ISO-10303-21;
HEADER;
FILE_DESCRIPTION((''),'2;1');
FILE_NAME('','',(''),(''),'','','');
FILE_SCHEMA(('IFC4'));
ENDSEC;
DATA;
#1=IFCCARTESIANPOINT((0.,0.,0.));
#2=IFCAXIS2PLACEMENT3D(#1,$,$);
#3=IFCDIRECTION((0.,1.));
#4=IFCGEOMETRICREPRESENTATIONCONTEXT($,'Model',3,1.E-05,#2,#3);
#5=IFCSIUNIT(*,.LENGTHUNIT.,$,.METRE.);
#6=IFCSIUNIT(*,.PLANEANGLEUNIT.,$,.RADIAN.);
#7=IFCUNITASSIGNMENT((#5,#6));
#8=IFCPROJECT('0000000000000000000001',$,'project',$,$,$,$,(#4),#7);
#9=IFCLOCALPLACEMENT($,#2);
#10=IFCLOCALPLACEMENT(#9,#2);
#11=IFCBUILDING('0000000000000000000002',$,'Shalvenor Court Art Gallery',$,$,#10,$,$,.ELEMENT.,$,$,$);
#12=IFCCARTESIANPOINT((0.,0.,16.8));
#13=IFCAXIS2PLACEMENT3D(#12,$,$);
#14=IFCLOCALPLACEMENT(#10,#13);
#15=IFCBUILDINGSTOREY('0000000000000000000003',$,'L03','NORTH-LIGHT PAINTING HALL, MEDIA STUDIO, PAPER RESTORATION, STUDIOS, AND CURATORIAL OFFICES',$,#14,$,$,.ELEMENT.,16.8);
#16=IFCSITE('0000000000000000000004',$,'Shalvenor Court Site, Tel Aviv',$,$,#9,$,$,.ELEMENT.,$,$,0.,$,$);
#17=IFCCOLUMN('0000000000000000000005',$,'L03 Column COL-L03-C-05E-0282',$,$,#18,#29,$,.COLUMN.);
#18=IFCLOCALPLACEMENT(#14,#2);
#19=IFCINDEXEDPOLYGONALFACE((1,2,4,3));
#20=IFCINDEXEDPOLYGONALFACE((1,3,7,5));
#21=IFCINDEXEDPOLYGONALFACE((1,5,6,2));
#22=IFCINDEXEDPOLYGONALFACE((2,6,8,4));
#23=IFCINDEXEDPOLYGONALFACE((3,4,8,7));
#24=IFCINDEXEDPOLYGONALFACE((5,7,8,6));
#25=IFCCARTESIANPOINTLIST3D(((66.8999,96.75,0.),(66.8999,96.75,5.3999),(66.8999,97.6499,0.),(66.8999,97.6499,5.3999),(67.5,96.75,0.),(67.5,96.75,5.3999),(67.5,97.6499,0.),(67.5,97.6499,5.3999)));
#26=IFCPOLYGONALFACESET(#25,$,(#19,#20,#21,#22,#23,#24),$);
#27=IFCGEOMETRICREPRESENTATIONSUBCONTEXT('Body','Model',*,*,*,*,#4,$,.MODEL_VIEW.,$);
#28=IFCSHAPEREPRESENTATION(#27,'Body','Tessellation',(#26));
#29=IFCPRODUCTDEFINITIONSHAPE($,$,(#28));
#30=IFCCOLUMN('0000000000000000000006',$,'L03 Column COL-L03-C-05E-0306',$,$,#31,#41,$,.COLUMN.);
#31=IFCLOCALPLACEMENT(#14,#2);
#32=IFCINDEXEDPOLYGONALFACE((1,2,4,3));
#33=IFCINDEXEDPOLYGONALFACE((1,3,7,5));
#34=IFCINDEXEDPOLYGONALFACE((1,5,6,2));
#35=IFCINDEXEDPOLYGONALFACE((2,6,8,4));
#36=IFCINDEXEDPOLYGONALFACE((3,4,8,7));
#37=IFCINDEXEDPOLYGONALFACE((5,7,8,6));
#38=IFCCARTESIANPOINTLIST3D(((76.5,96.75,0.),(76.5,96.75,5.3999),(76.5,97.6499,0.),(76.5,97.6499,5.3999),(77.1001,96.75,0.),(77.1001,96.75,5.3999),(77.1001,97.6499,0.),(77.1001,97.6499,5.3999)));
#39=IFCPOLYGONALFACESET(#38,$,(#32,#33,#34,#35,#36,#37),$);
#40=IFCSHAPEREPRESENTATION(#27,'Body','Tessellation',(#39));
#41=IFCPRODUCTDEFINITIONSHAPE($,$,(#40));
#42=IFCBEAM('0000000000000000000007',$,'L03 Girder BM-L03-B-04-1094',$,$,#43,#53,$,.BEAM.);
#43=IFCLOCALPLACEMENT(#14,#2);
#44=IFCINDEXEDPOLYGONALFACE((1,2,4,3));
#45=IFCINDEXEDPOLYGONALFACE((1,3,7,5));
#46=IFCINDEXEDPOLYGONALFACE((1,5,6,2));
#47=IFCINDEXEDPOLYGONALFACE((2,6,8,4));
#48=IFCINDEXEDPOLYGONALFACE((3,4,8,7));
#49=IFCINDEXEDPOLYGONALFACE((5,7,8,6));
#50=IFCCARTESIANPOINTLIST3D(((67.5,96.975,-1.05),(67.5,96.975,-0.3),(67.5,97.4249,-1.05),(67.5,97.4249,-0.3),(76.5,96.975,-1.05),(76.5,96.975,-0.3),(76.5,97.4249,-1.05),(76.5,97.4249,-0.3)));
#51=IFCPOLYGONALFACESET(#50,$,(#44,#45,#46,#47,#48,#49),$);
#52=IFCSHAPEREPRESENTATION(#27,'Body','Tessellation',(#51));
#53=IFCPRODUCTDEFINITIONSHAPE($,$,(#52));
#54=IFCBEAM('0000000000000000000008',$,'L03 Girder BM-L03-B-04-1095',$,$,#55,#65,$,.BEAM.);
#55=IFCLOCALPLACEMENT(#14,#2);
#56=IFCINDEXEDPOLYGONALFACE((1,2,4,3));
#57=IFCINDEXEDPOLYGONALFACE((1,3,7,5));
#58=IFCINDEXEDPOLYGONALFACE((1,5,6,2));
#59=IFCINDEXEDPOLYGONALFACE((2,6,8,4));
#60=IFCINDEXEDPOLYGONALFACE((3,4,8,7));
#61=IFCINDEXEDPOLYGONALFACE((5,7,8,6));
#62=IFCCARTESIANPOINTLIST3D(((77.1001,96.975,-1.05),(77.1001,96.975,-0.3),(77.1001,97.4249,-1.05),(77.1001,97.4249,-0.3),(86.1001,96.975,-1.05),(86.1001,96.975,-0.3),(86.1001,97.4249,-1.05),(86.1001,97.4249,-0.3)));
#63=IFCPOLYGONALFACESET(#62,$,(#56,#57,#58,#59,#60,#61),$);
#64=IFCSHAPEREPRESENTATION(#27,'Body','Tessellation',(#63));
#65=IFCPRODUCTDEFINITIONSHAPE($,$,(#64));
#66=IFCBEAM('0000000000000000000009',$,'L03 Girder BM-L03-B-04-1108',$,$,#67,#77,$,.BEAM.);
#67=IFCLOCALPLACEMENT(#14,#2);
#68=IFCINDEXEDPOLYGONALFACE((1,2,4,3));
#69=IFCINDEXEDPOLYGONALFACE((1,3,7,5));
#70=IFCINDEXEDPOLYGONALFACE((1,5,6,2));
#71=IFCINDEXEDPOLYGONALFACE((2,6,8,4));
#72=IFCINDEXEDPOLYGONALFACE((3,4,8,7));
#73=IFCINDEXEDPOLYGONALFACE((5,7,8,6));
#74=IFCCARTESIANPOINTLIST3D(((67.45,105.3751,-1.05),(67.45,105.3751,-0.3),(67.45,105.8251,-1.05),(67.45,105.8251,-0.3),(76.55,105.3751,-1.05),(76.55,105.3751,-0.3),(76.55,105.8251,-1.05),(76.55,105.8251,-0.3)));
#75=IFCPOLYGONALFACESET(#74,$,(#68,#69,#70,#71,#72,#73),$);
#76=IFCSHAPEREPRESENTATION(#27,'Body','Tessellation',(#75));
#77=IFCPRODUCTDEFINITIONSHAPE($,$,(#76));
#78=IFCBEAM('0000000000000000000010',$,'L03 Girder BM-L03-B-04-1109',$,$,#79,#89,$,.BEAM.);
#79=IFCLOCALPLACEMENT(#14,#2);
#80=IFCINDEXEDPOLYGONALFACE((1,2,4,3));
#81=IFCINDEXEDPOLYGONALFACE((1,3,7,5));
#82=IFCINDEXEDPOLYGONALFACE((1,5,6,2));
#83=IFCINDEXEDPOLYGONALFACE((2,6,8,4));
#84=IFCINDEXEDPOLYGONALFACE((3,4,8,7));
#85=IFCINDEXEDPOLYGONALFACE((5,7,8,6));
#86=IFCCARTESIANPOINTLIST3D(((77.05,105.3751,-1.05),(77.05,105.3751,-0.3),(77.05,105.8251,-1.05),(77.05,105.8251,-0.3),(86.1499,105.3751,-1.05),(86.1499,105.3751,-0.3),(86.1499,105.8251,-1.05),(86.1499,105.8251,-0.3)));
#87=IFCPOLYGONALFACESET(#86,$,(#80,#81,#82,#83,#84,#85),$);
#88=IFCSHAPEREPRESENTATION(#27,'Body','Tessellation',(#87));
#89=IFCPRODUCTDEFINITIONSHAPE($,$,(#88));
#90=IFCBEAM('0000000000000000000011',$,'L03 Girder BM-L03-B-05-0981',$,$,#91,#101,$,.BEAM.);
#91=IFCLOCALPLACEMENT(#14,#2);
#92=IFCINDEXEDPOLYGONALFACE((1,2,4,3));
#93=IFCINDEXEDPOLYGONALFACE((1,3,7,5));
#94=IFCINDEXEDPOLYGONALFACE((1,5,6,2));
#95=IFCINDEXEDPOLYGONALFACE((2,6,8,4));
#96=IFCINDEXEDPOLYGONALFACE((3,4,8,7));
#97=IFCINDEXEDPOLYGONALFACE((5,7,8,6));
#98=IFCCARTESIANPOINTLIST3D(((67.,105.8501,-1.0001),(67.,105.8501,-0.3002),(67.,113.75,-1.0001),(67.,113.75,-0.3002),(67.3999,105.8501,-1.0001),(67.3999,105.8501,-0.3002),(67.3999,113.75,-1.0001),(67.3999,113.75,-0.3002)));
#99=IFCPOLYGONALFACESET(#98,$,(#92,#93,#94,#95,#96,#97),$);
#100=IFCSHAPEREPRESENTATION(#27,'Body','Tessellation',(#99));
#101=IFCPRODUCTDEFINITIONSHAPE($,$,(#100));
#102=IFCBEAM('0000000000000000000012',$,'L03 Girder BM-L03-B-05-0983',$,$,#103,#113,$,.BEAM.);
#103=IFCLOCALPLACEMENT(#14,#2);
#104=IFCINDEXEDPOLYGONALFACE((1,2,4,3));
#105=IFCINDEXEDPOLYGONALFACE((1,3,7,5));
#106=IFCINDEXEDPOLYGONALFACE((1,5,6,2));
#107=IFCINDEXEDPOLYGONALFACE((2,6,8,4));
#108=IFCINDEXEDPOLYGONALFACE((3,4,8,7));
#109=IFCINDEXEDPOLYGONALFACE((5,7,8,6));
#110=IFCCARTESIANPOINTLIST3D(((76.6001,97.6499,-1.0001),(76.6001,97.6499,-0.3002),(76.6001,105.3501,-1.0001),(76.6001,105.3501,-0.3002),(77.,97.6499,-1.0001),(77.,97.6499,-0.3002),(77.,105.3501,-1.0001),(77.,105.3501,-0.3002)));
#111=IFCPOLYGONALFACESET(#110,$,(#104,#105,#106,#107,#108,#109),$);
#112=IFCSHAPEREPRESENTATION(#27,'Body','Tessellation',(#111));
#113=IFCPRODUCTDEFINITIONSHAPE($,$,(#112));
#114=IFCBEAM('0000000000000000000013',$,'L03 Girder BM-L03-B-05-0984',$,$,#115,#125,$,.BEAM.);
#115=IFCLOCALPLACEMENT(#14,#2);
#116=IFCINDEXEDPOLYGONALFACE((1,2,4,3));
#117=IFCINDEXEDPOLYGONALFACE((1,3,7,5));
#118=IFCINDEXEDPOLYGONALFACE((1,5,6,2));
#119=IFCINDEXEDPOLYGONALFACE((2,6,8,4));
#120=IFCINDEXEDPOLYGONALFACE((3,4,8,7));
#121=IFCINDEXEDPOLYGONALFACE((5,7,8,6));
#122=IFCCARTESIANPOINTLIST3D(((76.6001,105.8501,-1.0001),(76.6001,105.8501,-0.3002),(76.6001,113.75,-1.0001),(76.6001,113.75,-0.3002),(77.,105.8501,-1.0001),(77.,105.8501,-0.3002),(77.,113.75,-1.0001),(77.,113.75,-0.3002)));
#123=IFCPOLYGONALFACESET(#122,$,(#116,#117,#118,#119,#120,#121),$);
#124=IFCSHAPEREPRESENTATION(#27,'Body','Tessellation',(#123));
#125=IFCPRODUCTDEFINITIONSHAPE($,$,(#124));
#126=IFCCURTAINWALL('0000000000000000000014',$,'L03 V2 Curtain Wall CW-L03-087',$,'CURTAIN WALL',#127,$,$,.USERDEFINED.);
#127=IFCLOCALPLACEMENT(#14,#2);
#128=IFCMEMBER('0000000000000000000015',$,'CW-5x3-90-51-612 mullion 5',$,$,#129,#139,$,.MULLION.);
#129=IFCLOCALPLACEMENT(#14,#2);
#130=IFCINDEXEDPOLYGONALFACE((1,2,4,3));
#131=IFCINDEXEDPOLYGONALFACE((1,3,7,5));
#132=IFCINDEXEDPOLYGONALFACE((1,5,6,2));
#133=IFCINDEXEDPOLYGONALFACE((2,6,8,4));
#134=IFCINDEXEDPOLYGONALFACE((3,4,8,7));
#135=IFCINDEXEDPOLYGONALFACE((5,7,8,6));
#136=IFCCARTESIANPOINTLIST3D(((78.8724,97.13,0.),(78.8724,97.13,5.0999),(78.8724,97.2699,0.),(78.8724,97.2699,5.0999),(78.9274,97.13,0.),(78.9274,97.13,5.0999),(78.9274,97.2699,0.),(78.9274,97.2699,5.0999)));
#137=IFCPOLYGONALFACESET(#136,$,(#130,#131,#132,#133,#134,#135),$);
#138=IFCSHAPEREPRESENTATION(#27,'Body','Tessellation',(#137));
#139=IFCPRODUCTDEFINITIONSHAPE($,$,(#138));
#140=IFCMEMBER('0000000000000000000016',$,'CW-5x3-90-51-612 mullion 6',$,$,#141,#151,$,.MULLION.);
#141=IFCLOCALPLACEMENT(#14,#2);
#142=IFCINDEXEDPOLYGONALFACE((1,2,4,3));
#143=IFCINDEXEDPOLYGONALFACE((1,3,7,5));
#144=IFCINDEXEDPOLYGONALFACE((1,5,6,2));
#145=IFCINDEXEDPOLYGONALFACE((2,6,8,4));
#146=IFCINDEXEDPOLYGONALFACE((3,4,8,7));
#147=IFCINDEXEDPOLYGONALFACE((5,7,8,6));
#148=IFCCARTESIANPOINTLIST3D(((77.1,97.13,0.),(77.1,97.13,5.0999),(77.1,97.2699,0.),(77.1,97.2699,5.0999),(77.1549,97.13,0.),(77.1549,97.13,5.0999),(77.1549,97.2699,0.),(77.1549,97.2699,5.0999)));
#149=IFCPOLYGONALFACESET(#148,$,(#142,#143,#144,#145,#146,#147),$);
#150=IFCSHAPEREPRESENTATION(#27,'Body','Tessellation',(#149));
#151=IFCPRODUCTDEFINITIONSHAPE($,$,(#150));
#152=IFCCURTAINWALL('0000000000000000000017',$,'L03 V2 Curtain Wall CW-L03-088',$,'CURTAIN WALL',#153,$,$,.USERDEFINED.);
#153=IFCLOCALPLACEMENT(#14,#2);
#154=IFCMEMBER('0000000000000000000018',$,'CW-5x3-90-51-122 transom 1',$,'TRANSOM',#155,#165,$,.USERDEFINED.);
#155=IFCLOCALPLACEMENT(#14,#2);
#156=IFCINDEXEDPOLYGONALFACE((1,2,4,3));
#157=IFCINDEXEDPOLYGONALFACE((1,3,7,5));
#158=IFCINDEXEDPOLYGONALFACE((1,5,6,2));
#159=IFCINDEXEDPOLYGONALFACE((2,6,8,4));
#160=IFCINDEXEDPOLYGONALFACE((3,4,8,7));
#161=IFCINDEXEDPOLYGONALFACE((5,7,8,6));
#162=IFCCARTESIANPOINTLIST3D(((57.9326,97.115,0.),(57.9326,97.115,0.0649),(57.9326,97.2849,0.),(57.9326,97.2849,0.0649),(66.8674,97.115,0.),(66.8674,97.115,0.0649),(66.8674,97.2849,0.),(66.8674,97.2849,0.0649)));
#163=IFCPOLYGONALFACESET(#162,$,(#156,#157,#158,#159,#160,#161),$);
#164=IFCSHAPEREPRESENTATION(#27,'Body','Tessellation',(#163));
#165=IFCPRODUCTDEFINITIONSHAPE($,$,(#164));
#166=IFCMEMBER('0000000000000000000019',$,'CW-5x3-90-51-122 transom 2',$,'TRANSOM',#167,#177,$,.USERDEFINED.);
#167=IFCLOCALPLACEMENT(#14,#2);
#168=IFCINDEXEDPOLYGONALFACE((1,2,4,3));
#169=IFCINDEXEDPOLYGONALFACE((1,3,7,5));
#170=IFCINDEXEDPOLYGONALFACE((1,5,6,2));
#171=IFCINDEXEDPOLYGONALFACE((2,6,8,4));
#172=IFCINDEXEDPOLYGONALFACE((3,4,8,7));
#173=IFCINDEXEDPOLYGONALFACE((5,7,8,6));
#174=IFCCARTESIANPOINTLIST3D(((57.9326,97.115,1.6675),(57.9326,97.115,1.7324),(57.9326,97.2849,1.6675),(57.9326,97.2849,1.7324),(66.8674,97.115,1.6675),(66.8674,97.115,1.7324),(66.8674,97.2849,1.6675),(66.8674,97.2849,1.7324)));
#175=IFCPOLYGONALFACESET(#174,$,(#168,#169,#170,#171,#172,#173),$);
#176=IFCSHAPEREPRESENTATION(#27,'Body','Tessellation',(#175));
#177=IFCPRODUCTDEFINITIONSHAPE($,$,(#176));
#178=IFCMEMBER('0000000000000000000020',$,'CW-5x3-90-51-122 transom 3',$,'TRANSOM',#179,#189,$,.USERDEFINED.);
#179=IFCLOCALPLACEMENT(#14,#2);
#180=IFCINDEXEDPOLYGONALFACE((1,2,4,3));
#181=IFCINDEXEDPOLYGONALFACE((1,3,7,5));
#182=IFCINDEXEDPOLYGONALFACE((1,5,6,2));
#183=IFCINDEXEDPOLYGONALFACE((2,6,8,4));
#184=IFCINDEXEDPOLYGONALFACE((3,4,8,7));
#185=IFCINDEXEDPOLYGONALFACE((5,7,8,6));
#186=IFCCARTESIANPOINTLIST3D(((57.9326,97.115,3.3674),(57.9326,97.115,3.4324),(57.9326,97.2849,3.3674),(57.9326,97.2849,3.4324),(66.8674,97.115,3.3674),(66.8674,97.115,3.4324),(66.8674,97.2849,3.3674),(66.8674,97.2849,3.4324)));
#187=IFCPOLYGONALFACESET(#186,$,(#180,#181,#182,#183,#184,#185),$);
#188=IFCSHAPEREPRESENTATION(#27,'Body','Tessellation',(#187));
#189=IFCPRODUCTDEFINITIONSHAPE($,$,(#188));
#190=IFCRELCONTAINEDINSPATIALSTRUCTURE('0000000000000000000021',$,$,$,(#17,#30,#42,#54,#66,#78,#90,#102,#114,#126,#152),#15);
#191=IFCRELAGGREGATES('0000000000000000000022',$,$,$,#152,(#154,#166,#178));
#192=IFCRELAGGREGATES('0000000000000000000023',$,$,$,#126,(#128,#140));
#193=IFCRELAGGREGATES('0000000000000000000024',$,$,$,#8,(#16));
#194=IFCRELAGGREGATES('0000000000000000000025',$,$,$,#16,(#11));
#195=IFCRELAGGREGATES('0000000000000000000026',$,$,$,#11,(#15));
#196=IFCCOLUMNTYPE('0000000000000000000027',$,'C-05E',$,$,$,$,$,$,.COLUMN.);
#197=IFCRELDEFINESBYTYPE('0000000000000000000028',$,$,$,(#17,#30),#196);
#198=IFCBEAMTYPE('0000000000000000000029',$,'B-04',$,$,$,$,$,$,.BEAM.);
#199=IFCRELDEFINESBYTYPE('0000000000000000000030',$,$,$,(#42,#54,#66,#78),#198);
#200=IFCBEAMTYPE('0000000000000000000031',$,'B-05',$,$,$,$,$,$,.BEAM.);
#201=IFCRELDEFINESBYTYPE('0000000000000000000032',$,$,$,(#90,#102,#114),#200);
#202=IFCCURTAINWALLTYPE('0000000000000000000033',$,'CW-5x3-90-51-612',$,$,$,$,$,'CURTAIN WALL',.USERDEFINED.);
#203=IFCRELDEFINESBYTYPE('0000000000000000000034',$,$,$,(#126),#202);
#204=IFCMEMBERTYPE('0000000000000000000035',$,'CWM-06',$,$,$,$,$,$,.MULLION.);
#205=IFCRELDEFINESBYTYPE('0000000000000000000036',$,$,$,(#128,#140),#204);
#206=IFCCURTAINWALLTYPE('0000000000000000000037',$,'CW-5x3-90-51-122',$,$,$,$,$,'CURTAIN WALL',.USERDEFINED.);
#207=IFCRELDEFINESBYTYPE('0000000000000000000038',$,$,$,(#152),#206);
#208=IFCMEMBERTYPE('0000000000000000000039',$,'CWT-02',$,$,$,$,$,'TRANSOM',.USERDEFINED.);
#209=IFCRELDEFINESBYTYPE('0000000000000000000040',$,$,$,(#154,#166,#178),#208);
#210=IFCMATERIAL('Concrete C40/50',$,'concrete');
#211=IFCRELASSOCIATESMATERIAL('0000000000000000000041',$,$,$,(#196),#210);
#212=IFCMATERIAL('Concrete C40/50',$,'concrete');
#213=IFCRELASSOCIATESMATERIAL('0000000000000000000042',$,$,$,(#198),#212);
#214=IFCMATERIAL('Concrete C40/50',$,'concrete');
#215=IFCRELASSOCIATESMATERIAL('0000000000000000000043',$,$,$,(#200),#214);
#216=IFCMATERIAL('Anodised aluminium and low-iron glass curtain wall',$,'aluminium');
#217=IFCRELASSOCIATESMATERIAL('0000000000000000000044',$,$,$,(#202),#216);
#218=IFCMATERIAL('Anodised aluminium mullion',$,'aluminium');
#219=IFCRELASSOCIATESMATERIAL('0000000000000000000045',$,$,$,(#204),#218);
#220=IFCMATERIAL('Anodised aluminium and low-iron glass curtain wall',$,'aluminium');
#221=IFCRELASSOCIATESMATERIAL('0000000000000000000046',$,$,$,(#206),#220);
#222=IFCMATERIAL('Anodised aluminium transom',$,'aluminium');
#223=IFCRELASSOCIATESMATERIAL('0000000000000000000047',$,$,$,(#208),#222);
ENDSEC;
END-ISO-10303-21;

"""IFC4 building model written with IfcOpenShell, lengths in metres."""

from ifc_helpers import new_model, si_unit, direction, frame, origin, origin_2d, place, context, subcontext, project, spatial, rectangle, extrude, material, material_profile, profile_set, type_object, element, aggregate, save


model = new_model("IFC4")

# Units and contexts
model_context = context("Model", 3, precision=1e-05, world=origin(), true_north=direction((0.0, 1.0)))
body_context = subcontext(model_context, "Body", "Model", "MODEL_VIEW")
ifc_project = project(units=[si_unit("LENGTHUNIT", "METRE"), si_unit("PLANEANGLEUNIT", "RADIAN")], contexts=[model_context])

# Site, building, storey
site_placement = place(None, origin())
site = spatial("IfcSite", under=ifc_project, at=site_placement, Name="Shalvenor Court Site, Tel Aviv", CompositionType="ELEMENT", RefElevation=0.0)
building_placement = place(site_placement, origin())
building = spatial("IfcBuilding", under=site, at=building_placement, Name="Shalvenor Court Art Gallery", CompositionType="ELEMENT")
storey_placement = place(building_placement, frame((0.0, 0.0, 16.8)))
storey = spatial("IfcBuildingStorey", under=building, at=storey_placement, Name="L03", Description="NORTH-LIGHT PAINTING HALL, MEDIA STUDIO, PAPER RESTORATION, STUDIOS, AND CURATORIAL OFFICES", CompositionType="ELEMENT", Elevation=16.8)

# Columns
ifc_material_1 = material(Name="Concrete C40/50", Category="concrete")
ifc_material_profile_1 = material_profile(ifc_material_1, rectangle(XDim=0.6001, YDim=0.8999, at=origin_2d()), Name="RC 600x900")
ifc_profile_set_1 = profile_set([ifc_material_profile_1], Name="Concrete C40/50")
column_type = type_object("IfcColumnType", Name="C-05E", PredefinedType="COLUMN", material=ifc_profile_set_1)
for number, where, z_axis, x_axis, name in (
    (1, (67.2, 97.2, 0.0), (0.0, 0.0, 1.0), (1.0, 0.0, 0.0), "L03 Column COL-L03-C-05E-0282"),
    (2, (76.8, 97.2, 0.0), (0.0, 0.0, 1.0), (1.0, 0.0, 0.0), "L03 Column COL-L03-C-05E-0306"),
):
    element("IfcColumn", number, at=place(storey_placement, frame(where, z_axis=z_axis, x_axis=x_axis)), inside=storey, type_object=column_type, Name=name, PredefinedType="COLUMN", context=body_context, shape_type="SweptSolid", body=[
        extrude(rectangle(XDim=0.6001, YDim=0.8999, at=origin_2d()), origin(), (0.0, 0.0, 1.0), 5.3999),
    ])

# Beams
ifc_material_2 = material(Name="Concrete C40/50", Category="concrete")
ifc_material_profile_2 = material_profile(ifc_material_2, rectangle(XDim=0.45, YDim=0.75, at=origin_2d()), Name="RC 450x750")
ifc_profile_set_2 = profile_set([ifc_material_profile_2], Name="Concrete C40/50")
beam_type_1 = type_object("IfcBeamType", Name="B-04", PredefinedType="BEAM", material=ifc_profile_set_2)
for number, where, z_axis, x_axis, name in (
    (3, (67.5, 97.2, -0.675), (1.0, 0.0, 0.0), (0.0, 1.0, 0.0), "L03 Girder BM-L03-B-04-1094"),
    (4, (77.1001, 97.2, -0.675), (1.0, 0.0, 0.0), (0.0, 1.0, 0.0), "L03 Girder BM-L03-B-04-1095"),
):
    element("IfcBeam", number, at=place(storey_placement, frame(where, z_axis=z_axis, x_axis=x_axis)), inside=storey, type_object=beam_type_1, Name=name, PredefinedType="BEAM", context=body_context, shape_type="SweptSolid", body=[
        extrude(rectangle(XDim=0.45, YDim=0.75, at=origin_2d()), origin(), (0.0, 0.0, 1.0), 9.0),
    ])
beam_1_placement = place(storey_placement, frame((67.45, 105.6001, -0.675), z_axis=(1.0, 0.0, 0.0), x_axis=(0.0, 1.0, 0.0)))
element("IfcBeam", 5, at=beam_1_placement, inside=storey, type_object=beam_type_1, Name="L03 Girder BM-L03-B-04-1108", PredefinedType="BEAM", context=body_context, shape_type="SweptSolid", body=[
    extrude(rectangle(XDim=0.45, YDim=0.75, at=origin_2d()), origin(), (0.0, 0.0, 1.0), 9.1001),
])
beam_2_placement = place(storey_placement, frame((77.05, 105.6001, -0.675), z_axis=(1.0, 0.0, 0.0), x_axis=(0.0, 1.0, 0.0)))
element("IfcBeam", 6, at=beam_2_placement, inside=storey, type_object=beam_type_1, Name="L03 Girder BM-L03-B-04-1109", PredefinedType="BEAM", context=body_context, shape_type="SweptSolid", body=[
    extrude(rectangle(XDim=0.45, YDim=0.75, at=origin_2d()), origin(), (0.0, 0.0, 1.0), 9.0999),
])
ifc_material_3 = material(Name="Concrete C40/50", Category="concrete")
ifc_material_profile_3 = material_profile(ifc_material_3, rectangle(XDim=0.3999, YDim=0.7, at=origin_2d()), Name="RC 400x700")
ifc_profile_set_3 = profile_set([ifc_material_profile_3], Name="Concrete C40/50")
beam_type_2 = type_object("IfcBeamType", Name="B-05", PredefinedType="BEAM", material=ifc_profile_set_3)
beam_3_placement = place(storey_placement, frame((67.2, 105.8501, -0.6501), z_axis=(0.0, 1.0, 0.0), x_axis=(-1.0, 0.0, 0.0)))
element("IfcBeam", 7, at=beam_3_placement, inside=storey, type_object=beam_type_2, Name="L03 Girder BM-L03-B-05-0981", PredefinedType="BEAM", context=body_context, shape_type="SweptSolid", body=[
    extrude(rectangle(XDim=0.3999, YDim=0.7, at=origin_2d()), origin(), (0.0, 0.0, 1.0), 7.8999),
])
beam_4_placement = place(storey_placement, frame((76.8, 97.6499, -0.6501), z_axis=(0.0, 1.0, 0.0), x_axis=(-1.0, 0.0, 0.0)))
element("IfcBeam", 8, at=beam_4_placement, inside=storey, type_object=beam_type_2, Name="L03 Girder BM-L03-B-05-0983", PredefinedType="BEAM", context=body_context, shape_type="SweptSolid", body=[
    extrude(rectangle(XDim=0.3999, YDim=0.7, at=origin_2d()), origin(), (0.0, 0.0, 1.0), 7.7002),
])
beam_5_placement = place(storey_placement, frame((76.8, 105.8501, -0.6501), z_axis=(0.0, 1.0, 0.0), x_axis=(-1.0, 0.0, 0.0)))
element("IfcBeam", 9, at=beam_5_placement, inside=storey, type_object=beam_type_2, Name="L03 Girder BM-L03-B-05-0984", PredefinedType="BEAM", context=body_context, shape_type="SweptSolid", body=[
    extrude(rectangle(XDim=0.3999, YDim=0.7, at=origin_2d()), origin(), (0.0, 0.0, 1.0), 7.8999),
])

# Curtain walls, members
ifc_material_4 = material(Name="Anodised aluminium and low-iron glass curtain wall", Category="aluminium")
curtain_wall_type_1 = type_object("IfcCurtainWallType", Name="CW-5x3-90-51-612", ElementType="CURTAIN WALL", PredefinedType="USERDEFINED", material=ifc_material_4)
curtain_wall_1_placement = place(storey_placement, origin())
curtain_wall_1 = element("IfcCurtainWall", 10, at=curtain_wall_1_placement, inside=storey, type_object=curtain_wall_type_1, Name="L03 V2 Curtain Wall CW-L03-087", ObjectType="CURTAIN WALL", PredefinedType="USERDEFINED")
ifc_material_5 = material(Name="Anodised aluminium mullion", Category="aluminium")
ifc_material_profile_4 = material_profile(ifc_material_5, rectangle(XDim=0.0549, YDim=0.1399, at=origin_2d()), Name="CWM-06")
ifc_profile_set_4 = profile_set([ifc_material_profile_4], Name="Anodised aluminium mullion")
member_type_1 = type_object("IfcMemberType", Name="CWM-06", PredefinedType="MULLION", material=ifc_profile_set_4)
member_1_placement = place(storey_placement, frame((78.8999, 97.2, 0.0), z_axis=(0.0, 0.0, 1.0), x_axis=(-1.0, 0.0, 0.0)))
member_1 = element("IfcMember", 11, at=member_1_placement, type_object=member_type_1, Name="CW-5x3-90-51-612 mullion 5", PredefinedType="MULLION", context=body_context, shape_type="SweptSolid", body=[
    extrude(rectangle(XDim=0.0549, YDim=0.1399, at=origin_2d()), origin(), (0.0, 0.0, 1.0), 5.0999),
])
member_2_placement = place(storey_placement, frame((77.1274, 97.2, 0.0), z_axis=(0.0, 0.0, 1.0), x_axis=(-1.0, 0.0, 0.0)))
member_2 = element("IfcMember", 12, at=member_2_placement, type_object=member_type_1, Name="CW-5x3-90-51-612 mullion 6", PredefinedType="MULLION", context=body_context, shape_type="SweptSolid", body=[
    extrude(rectangle(XDim=0.0549, YDim=0.1399, at=origin_2d()), origin(), (0.0, 0.0, 1.0), 5.0999),
])
ifc_material_6 = material(Name="Anodised aluminium and low-iron glass curtain wall", Category="aluminium")
curtain_wall_type_2 = type_object("IfcCurtainWallType", Name="CW-5x3-90-51-122", ElementType="CURTAIN WALL", PredefinedType="USERDEFINED", material=ifc_material_6)
curtain_wall_2_placement = place(storey_placement, origin())
curtain_wall_2 = element("IfcCurtainWall", 13, at=curtain_wall_2_placement, inside=storey, type_object=curtain_wall_type_2, Name="L03 V2 Curtain Wall CW-L03-088", ObjectType="CURTAIN WALL", PredefinedType="USERDEFINED")
ifc_material_7 = material(Name="Anodised aluminium transom", Category="aluminium")
ifc_material_profile_5 = material_profile(ifc_material_7, rectangle(XDim=0.1699, YDim=0.0649, at=origin_2d()), Name="CWT-02")
ifc_profile_set_5 = profile_set([ifc_material_profile_5], Name="Anodised aluminium transom")
member_type_2 = type_object("IfcMemberType", Name="CWT-02", ElementType="TRANSOM", PredefinedType="USERDEFINED", material=ifc_profile_set_5)
member_3_placement = place(storey_placement, frame((66.8674, 97.2, 0.0325), z_axis=(-1.0, 0.0, 0.0), x_axis=(0.0, -1.0, 0.0)))
member_3 = element("IfcMember", 14, at=member_3_placement, type_object=member_type_2, Name="CW-5x3-90-51-122 transom 1", ObjectType="TRANSOM", PredefinedType="USERDEFINED", context=body_context, shape_type="SweptSolid", body=[
    extrude(rectangle(XDim=0.1699, YDim=0.0649, at=origin_2d()), origin(), (0.0, 0.0, 1.0), 8.9348),
])
member_4_placement = place(storey_placement, frame((66.8674, 97.2, 1.7), z_axis=(-1.0, 0.0, 0.0), x_axis=(0.0, -1.0, 0.0)))
member_4 = element("IfcMember", 15, at=member_4_placement, type_object=member_type_2, Name="CW-5x3-90-51-122 transom 2", ObjectType="TRANSOM", PredefinedType="USERDEFINED", context=body_context, shape_type="SweptSolid", body=[
    extrude(rectangle(XDim=0.1699, YDim=0.0649, at=origin_2d()), origin(), (0.0, 0.0, 1.0), 8.9348),
])
member_5_placement = place(storey_placement, frame((66.8674, 97.2, 3.3999), z_axis=(-1.0, 0.0, 0.0), x_axis=(0.0, -1.0, 0.0)))
member_5 = element("IfcMember", 16, at=member_5_placement, type_object=member_type_2, Name="CW-5x3-90-51-122 transom 3", ObjectType="TRANSOM", PredefinedType="USERDEFINED", context=body_context, shape_type="SweptSolid", body=[
    extrude(rectangle(XDim=0.1699, YDim=0.0649, at=origin_2d()), origin(), (0.0, 0.0, 1.0), 8.9348),
])
aggregate(curtain_wall_2, [member_3, member_4, member_5])

aggregate(curtain_wall_1, [member_1, member_2])

save(model, "model.ifc")
